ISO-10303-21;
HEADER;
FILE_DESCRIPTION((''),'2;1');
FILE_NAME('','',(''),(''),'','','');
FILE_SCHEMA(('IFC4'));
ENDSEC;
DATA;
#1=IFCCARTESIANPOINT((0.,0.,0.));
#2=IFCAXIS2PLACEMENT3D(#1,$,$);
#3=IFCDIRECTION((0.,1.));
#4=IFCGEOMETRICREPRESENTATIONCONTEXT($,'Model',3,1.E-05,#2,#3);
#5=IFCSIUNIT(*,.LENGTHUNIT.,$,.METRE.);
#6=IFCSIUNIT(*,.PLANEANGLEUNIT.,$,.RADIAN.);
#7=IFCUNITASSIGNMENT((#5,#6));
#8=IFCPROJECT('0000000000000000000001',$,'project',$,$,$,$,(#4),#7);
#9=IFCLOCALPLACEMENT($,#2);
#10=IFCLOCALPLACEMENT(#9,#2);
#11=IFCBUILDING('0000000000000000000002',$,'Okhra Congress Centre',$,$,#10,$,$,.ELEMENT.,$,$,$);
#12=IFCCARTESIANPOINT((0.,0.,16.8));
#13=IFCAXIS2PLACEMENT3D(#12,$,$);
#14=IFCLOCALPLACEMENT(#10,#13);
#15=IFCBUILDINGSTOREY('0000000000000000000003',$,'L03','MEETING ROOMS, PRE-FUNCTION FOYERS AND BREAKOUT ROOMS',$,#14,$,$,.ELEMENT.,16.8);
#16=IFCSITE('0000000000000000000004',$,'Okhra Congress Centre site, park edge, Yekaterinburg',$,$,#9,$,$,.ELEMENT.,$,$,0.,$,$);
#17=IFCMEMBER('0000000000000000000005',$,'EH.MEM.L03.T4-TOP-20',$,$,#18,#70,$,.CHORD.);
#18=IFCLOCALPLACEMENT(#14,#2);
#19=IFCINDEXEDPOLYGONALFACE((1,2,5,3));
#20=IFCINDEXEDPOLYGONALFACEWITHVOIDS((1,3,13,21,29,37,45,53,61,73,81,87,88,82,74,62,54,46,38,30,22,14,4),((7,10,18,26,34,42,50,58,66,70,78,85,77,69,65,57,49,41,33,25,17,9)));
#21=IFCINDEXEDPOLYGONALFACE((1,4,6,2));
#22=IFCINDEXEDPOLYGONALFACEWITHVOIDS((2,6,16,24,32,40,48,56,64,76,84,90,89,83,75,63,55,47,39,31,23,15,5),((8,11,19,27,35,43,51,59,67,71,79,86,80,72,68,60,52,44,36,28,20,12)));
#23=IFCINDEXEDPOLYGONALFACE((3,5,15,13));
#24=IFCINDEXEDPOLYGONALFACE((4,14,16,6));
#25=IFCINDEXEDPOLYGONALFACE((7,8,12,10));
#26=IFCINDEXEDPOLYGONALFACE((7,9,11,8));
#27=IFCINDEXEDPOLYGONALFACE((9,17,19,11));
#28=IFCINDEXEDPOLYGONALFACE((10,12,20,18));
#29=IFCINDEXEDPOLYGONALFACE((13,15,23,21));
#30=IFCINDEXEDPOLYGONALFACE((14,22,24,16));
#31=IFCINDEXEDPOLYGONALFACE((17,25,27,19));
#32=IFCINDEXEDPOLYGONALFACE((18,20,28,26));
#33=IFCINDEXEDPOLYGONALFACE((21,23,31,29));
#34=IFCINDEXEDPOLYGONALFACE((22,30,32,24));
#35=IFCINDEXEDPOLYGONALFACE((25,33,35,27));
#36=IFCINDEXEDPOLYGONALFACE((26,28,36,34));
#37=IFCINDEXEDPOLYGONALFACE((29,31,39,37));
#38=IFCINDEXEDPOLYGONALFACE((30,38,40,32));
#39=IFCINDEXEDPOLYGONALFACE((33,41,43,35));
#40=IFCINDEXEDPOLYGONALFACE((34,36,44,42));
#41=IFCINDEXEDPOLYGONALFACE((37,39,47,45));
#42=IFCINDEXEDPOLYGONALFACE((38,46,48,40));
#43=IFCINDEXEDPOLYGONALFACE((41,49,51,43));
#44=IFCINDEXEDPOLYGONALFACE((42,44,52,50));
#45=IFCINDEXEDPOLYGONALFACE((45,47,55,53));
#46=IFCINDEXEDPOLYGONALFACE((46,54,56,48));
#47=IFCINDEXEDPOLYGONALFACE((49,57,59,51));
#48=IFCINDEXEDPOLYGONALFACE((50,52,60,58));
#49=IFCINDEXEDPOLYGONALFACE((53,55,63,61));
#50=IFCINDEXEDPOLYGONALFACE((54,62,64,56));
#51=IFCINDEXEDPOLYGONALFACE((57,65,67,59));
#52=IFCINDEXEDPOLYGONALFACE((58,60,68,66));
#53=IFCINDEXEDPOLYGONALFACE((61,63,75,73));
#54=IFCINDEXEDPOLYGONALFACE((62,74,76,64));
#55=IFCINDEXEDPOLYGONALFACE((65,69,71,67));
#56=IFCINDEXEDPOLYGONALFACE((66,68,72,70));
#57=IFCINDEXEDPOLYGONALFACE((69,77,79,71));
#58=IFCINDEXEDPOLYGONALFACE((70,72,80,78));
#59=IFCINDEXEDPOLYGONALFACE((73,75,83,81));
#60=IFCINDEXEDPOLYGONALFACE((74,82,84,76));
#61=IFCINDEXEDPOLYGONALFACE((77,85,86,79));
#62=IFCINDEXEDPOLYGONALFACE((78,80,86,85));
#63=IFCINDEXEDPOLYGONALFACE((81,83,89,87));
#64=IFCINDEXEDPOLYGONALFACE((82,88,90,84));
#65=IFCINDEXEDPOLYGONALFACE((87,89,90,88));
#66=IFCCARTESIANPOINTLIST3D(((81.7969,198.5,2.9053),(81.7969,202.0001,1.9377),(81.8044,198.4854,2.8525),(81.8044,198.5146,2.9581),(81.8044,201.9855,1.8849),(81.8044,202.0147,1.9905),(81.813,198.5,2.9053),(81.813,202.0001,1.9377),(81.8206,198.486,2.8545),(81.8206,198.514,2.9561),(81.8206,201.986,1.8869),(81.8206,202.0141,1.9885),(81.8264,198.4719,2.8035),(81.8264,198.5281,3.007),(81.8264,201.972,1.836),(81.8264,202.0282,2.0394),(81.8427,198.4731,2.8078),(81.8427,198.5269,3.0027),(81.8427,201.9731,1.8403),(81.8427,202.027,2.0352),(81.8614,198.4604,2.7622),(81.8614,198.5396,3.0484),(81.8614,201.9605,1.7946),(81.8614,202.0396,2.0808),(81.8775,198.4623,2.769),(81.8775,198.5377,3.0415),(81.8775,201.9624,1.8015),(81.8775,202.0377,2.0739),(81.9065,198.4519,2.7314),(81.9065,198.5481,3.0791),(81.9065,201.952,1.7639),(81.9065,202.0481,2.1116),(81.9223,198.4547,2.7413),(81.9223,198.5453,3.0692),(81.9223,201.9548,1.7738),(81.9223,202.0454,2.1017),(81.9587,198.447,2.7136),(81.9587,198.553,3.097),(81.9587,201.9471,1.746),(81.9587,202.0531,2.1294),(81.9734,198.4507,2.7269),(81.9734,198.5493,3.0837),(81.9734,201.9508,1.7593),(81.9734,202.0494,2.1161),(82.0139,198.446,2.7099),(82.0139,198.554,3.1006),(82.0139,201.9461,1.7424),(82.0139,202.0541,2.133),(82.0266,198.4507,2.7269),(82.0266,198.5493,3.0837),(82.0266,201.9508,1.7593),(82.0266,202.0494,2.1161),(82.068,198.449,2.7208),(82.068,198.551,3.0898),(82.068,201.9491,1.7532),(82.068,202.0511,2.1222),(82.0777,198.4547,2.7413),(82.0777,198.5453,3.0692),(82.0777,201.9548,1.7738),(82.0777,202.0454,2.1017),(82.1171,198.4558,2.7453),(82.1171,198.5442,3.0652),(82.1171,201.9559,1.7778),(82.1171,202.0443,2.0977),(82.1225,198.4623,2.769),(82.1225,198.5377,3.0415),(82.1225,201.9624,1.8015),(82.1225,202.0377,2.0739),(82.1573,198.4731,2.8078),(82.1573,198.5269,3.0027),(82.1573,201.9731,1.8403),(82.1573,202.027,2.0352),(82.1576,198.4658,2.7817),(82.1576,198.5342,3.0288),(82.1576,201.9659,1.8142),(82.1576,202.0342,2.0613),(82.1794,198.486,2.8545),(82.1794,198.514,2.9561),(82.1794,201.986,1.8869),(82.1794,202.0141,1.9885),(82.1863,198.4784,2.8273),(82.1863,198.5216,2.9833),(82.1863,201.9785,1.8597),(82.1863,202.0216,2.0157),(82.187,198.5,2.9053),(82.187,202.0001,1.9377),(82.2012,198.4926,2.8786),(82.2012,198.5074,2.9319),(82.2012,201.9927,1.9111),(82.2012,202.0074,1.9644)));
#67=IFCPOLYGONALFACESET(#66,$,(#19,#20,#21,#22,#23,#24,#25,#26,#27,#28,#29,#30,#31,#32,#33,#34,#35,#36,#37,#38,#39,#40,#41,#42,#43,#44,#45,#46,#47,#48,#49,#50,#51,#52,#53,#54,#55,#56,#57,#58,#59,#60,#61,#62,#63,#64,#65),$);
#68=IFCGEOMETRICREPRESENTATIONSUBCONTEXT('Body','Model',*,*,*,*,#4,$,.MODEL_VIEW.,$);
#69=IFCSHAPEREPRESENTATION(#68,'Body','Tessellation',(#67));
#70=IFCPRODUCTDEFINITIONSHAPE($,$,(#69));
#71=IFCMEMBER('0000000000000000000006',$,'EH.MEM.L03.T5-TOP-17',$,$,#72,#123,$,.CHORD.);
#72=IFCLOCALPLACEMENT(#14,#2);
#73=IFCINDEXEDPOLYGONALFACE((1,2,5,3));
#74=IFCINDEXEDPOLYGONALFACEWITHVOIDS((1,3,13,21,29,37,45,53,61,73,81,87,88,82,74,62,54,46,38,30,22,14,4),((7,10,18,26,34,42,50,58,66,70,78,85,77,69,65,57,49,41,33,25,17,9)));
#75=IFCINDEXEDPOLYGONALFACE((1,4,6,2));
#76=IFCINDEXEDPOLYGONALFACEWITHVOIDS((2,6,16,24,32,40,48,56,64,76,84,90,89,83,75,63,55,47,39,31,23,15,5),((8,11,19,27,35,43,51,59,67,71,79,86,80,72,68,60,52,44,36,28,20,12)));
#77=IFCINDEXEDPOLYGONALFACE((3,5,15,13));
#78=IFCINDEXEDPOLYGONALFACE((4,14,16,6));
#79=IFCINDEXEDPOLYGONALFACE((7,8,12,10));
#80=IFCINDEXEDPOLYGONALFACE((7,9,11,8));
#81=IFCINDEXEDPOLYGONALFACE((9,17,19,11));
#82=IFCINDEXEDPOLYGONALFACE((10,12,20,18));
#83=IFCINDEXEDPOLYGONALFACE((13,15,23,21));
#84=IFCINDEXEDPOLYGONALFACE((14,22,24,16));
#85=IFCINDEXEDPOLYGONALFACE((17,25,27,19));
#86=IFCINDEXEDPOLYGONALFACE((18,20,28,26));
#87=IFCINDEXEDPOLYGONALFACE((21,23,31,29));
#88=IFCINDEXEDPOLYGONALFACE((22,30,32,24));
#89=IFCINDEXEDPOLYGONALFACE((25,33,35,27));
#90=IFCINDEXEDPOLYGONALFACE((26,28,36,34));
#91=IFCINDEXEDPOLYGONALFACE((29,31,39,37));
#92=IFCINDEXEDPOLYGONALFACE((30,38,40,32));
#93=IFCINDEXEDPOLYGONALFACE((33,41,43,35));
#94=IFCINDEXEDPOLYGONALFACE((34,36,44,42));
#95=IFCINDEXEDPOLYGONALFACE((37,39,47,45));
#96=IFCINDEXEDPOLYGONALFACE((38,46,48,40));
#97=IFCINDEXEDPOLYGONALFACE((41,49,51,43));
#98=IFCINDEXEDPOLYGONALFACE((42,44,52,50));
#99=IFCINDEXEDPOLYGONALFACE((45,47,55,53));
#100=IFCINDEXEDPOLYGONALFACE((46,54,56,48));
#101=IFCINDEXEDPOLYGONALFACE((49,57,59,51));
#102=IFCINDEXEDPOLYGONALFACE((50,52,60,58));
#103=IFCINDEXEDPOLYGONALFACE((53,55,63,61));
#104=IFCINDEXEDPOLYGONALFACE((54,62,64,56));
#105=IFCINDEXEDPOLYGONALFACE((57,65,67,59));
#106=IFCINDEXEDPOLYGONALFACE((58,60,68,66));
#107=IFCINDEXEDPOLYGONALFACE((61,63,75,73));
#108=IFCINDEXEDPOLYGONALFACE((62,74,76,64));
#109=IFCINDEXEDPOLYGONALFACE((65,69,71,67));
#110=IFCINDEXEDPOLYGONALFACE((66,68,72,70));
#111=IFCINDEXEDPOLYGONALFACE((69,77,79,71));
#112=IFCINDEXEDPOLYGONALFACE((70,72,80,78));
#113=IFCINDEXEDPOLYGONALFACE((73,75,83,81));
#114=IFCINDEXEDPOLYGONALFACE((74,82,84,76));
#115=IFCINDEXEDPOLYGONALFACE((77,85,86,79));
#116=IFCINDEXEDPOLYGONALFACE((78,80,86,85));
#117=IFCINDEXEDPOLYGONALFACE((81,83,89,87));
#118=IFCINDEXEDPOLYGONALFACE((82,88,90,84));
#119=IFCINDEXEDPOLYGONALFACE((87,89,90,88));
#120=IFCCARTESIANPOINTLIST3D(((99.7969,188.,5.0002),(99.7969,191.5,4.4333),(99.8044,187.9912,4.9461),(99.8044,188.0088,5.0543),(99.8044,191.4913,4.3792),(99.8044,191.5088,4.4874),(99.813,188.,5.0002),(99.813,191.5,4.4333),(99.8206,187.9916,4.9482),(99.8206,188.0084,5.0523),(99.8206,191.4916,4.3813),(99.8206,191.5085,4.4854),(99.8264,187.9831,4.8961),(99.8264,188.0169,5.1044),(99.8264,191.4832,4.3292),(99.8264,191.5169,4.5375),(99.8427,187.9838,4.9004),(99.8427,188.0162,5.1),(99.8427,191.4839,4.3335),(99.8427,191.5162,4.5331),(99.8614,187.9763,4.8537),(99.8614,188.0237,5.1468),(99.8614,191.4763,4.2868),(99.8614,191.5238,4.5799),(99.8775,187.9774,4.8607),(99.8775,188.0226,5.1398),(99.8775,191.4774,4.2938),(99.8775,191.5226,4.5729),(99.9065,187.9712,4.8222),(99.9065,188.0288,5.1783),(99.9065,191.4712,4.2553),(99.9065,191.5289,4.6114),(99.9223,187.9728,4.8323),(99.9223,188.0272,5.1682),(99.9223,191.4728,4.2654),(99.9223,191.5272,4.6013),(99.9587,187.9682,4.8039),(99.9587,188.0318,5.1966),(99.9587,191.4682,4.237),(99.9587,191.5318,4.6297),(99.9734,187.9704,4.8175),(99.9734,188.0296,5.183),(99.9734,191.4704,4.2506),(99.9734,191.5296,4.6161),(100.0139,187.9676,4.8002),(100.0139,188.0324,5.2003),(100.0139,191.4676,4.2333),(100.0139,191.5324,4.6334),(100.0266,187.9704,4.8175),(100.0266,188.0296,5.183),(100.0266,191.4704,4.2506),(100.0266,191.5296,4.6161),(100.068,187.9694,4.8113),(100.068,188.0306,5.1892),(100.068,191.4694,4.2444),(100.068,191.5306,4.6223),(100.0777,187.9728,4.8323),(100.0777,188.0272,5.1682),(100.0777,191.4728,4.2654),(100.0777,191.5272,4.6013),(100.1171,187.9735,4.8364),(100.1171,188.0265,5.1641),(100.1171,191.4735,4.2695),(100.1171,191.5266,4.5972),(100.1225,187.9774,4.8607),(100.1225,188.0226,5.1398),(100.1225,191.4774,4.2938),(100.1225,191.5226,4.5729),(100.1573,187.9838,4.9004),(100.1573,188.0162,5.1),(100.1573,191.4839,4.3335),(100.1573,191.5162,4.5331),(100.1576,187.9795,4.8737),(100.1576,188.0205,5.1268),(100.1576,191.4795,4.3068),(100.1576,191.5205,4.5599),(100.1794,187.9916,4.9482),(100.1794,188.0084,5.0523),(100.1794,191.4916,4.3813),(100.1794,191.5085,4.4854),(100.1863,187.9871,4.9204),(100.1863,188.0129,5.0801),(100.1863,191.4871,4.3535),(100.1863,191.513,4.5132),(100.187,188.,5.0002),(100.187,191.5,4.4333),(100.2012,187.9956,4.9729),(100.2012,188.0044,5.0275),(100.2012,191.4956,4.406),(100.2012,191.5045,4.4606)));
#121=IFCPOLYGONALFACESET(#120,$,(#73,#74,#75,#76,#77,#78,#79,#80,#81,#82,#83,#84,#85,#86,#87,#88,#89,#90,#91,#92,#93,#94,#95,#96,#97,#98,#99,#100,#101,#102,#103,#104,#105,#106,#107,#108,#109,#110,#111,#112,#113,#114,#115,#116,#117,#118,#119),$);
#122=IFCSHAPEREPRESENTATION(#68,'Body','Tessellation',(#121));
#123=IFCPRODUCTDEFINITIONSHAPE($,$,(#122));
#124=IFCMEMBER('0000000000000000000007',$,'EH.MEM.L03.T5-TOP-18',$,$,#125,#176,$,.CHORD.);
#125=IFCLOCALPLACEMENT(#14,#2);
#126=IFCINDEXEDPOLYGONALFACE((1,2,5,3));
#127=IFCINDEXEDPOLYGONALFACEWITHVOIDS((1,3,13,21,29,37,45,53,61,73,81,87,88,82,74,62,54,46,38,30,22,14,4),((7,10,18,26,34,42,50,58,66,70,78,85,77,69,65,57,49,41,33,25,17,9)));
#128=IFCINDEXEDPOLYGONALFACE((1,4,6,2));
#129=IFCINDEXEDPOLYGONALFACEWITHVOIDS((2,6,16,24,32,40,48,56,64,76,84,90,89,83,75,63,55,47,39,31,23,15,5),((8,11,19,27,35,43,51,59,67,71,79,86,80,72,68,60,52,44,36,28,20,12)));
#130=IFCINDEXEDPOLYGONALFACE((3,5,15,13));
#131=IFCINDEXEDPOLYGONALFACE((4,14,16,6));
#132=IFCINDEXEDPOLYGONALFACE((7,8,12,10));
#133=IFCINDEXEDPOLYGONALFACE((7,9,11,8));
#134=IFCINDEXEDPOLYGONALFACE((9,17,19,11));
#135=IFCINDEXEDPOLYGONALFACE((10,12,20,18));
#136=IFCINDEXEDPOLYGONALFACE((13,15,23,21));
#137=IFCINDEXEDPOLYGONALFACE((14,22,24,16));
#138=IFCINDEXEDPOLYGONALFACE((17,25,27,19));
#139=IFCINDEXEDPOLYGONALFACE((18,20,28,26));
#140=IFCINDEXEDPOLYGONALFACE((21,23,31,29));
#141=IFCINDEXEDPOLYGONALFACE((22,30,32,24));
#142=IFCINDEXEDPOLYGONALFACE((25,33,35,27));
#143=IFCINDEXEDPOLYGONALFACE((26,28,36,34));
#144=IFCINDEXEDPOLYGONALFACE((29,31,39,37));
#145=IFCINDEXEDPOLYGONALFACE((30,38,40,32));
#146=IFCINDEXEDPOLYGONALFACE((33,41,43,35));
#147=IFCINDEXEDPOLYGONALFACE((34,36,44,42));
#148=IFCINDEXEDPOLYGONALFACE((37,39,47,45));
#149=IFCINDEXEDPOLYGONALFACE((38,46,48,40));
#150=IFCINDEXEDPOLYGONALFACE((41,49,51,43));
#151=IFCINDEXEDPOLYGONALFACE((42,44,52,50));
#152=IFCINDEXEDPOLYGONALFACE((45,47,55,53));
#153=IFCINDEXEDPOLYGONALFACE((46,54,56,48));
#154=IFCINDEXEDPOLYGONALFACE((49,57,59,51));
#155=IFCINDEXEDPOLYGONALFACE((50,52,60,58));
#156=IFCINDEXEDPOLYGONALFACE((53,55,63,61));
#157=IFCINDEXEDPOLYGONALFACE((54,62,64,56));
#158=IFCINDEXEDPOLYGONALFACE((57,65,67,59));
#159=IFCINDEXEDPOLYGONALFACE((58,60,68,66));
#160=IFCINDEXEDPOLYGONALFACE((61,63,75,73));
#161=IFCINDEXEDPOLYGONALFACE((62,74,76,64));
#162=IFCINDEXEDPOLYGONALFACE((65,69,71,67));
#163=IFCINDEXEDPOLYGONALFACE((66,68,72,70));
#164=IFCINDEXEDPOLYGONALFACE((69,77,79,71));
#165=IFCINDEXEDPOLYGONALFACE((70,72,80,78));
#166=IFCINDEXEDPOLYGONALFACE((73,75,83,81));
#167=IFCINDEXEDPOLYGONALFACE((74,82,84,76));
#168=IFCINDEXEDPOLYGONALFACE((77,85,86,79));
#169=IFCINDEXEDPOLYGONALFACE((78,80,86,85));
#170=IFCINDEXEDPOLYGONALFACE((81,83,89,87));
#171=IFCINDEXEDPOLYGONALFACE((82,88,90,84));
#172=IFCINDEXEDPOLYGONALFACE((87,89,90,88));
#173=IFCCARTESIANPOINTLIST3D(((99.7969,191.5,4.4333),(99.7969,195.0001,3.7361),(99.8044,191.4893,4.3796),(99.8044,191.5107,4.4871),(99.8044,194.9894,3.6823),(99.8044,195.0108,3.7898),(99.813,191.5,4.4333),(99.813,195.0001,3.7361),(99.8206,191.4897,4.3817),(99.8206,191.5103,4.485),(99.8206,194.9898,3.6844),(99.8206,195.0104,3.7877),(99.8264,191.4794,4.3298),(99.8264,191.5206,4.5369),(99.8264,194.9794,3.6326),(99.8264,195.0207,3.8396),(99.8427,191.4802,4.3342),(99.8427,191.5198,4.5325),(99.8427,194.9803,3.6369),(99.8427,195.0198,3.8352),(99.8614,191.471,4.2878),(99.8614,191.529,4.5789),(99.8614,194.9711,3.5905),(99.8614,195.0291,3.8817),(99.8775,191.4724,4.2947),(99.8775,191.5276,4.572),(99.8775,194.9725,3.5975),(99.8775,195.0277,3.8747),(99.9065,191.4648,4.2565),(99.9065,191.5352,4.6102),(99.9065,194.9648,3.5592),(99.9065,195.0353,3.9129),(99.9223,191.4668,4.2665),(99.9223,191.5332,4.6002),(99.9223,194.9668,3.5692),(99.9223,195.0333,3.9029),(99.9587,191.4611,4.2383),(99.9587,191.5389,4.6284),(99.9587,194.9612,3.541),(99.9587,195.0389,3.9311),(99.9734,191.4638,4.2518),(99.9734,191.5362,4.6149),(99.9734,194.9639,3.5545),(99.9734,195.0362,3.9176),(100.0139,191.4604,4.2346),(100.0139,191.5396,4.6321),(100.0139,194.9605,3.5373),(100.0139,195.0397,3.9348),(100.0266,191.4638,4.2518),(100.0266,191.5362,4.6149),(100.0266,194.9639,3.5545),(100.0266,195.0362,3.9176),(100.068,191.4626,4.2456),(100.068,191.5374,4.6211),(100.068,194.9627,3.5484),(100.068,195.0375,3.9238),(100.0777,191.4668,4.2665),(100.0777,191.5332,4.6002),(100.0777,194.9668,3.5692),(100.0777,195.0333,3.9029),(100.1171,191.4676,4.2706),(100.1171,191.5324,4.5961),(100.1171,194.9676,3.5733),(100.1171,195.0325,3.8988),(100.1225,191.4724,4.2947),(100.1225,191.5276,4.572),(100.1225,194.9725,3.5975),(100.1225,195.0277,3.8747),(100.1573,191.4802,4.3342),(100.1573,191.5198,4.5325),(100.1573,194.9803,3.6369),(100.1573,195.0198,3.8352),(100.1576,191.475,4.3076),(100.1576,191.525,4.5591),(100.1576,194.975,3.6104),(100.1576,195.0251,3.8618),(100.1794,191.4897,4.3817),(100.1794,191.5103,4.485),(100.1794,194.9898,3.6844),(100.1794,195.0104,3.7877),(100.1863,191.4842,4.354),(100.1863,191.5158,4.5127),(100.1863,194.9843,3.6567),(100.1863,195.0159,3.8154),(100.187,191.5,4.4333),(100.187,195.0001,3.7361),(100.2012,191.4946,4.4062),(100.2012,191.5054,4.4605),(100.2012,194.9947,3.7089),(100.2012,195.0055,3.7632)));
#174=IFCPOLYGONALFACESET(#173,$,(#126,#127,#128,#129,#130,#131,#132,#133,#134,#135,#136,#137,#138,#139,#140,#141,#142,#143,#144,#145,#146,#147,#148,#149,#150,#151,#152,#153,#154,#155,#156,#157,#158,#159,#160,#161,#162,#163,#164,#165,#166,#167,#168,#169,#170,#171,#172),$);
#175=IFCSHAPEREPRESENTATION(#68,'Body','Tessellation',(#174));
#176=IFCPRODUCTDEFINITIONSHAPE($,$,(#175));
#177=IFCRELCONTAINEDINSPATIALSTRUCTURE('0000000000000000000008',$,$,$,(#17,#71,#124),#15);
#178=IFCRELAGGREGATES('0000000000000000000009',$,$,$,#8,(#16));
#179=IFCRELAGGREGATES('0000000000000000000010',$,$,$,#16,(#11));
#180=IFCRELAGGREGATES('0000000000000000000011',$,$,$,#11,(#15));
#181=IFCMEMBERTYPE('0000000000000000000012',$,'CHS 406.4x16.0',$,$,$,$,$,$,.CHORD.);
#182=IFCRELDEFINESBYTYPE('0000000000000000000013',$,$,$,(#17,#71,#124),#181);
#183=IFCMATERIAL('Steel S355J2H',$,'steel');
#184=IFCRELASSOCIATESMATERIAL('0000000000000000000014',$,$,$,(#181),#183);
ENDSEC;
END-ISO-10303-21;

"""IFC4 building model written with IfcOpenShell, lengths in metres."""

from ifc_helpers import new_model, si_unit, direction, frame, origin, origin_2d, place, context, subcontext, project, spatial, hollow_circle, extrude, material, material_profile, profile_set, type_object, element, save


model = new_model("IFC4")

# Units and contexts
model_context = context("Model", 3, precision=1e-05, world=origin(), true_north=direction((0.0, 1.0)))
body_context = subcontext(model_context, "Body", "Model", "MODEL_VIEW")
ifc_project = project(units=[si_unit("LENGTHUNIT", "METRE"), si_unit("PLANEANGLEUNIT", "RADIAN")], contexts=[model_context])

# Site, building, storey
site_placement = place(None, origin())
site = spatial("IfcSite", under=ifc_project, at=site_placement, Name="Okhra Congress Centre site, park edge, Yekaterinburg", CompositionType="ELEMENT", RefElevation=0.0)
building_placement = place(site_placement, origin())
building = spatial("IfcBuilding", under=site, at=building_placement, Name="Okhra Congress Centre", CompositionType="ELEMENT")
storey_placement = place(building_placement, frame((0.0, 0.0, 16.8)))
storey = spatial("IfcBuildingStorey", under=building, at=storey_placement, Name="L03", Description="MEETING ROOMS, PRE-FUNCTION FOYERS AND BREAKOUT ROOMS", CompositionType="ELEMENT", Elevation=16.8)

# Members
ifc_material_1 = material(Name="Steel S355J2H", Category="steel")
ifc_material_profile_1 = material_profile(ifc_material_1, hollow_circle(Radius=0.2031, WallThickness=0.0161, at=origin_2d()), Name="CHS 406.4x16.0")
ifc_profile_set_1 = profile_set([ifc_material_profile_1], Name="Steel S355J2H")
member_type_1 = type_object("IfcMemberType", Name="CHS 406.4x16.0", PredefinedType="CHORD", material=ifc_profile_set_1)
member_1_placement = place(storey_placement, frame((82.0, 198.5, 2.9053), z_axis=(0.0, 0.96385, -0.266444), x_axis=(-1.0, 0.0, 0.0)))
element("IfcMember", 1, at=member_1_placement, inside=storey, type_object=member_type_1, Name="EH.MEM.L03.T4-TOP-20", PredefinedType="CHORD", context=body_context, shape_type="SweptSolid", body=[
    extrude(hollow_circle(Radius=0.2031, WallThickness=0.0161, at=origin_2d()), origin(), (0.0, 0.0, 1.0), 3.6313),
])
member_2_placement = place(storey_placement, frame((100.0, 188.0, 5.0002), z_axis=(0.0, 0.987135, -0.159886), x_axis=(-1.0, 0.0, 0.0)))
element("IfcMember", 2, at=member_2_placement, inside=storey, type_object=member_type_1, Name="EH.MEM.L03.T5-TOP-17", PredefinedType="CHORD", context=body_context, shape_type="SweptSolid", body=[
    extrude(hollow_circle(Radius=0.2031, WallThickness=0.0161, at=origin_2d()), origin(), (0.0, 0.0, 1.0), 3.5457),
])
member_3_placement = place(storey_placement, frame((100.0, 191.5, 4.4333), z_axis=(0.0, 0.980728, -0.195379), x_axis=(-1.0, 0.0, 0.0)))
element("IfcMember", 3, at=member_3_placement, inside=storey, type_object=member_type_1, Name="EH.MEM.L03.T5-TOP-18", PredefinedType="CHORD", context=body_context, shape_type="SweptSolid", body=[
    extrude(hollow_circle(Radius=0.2031, WallThickness=0.0161, at=origin_2d()), origin(), (0.0, 0.0, 1.0), 3.5688),
])

save(model, "model.ifc")
